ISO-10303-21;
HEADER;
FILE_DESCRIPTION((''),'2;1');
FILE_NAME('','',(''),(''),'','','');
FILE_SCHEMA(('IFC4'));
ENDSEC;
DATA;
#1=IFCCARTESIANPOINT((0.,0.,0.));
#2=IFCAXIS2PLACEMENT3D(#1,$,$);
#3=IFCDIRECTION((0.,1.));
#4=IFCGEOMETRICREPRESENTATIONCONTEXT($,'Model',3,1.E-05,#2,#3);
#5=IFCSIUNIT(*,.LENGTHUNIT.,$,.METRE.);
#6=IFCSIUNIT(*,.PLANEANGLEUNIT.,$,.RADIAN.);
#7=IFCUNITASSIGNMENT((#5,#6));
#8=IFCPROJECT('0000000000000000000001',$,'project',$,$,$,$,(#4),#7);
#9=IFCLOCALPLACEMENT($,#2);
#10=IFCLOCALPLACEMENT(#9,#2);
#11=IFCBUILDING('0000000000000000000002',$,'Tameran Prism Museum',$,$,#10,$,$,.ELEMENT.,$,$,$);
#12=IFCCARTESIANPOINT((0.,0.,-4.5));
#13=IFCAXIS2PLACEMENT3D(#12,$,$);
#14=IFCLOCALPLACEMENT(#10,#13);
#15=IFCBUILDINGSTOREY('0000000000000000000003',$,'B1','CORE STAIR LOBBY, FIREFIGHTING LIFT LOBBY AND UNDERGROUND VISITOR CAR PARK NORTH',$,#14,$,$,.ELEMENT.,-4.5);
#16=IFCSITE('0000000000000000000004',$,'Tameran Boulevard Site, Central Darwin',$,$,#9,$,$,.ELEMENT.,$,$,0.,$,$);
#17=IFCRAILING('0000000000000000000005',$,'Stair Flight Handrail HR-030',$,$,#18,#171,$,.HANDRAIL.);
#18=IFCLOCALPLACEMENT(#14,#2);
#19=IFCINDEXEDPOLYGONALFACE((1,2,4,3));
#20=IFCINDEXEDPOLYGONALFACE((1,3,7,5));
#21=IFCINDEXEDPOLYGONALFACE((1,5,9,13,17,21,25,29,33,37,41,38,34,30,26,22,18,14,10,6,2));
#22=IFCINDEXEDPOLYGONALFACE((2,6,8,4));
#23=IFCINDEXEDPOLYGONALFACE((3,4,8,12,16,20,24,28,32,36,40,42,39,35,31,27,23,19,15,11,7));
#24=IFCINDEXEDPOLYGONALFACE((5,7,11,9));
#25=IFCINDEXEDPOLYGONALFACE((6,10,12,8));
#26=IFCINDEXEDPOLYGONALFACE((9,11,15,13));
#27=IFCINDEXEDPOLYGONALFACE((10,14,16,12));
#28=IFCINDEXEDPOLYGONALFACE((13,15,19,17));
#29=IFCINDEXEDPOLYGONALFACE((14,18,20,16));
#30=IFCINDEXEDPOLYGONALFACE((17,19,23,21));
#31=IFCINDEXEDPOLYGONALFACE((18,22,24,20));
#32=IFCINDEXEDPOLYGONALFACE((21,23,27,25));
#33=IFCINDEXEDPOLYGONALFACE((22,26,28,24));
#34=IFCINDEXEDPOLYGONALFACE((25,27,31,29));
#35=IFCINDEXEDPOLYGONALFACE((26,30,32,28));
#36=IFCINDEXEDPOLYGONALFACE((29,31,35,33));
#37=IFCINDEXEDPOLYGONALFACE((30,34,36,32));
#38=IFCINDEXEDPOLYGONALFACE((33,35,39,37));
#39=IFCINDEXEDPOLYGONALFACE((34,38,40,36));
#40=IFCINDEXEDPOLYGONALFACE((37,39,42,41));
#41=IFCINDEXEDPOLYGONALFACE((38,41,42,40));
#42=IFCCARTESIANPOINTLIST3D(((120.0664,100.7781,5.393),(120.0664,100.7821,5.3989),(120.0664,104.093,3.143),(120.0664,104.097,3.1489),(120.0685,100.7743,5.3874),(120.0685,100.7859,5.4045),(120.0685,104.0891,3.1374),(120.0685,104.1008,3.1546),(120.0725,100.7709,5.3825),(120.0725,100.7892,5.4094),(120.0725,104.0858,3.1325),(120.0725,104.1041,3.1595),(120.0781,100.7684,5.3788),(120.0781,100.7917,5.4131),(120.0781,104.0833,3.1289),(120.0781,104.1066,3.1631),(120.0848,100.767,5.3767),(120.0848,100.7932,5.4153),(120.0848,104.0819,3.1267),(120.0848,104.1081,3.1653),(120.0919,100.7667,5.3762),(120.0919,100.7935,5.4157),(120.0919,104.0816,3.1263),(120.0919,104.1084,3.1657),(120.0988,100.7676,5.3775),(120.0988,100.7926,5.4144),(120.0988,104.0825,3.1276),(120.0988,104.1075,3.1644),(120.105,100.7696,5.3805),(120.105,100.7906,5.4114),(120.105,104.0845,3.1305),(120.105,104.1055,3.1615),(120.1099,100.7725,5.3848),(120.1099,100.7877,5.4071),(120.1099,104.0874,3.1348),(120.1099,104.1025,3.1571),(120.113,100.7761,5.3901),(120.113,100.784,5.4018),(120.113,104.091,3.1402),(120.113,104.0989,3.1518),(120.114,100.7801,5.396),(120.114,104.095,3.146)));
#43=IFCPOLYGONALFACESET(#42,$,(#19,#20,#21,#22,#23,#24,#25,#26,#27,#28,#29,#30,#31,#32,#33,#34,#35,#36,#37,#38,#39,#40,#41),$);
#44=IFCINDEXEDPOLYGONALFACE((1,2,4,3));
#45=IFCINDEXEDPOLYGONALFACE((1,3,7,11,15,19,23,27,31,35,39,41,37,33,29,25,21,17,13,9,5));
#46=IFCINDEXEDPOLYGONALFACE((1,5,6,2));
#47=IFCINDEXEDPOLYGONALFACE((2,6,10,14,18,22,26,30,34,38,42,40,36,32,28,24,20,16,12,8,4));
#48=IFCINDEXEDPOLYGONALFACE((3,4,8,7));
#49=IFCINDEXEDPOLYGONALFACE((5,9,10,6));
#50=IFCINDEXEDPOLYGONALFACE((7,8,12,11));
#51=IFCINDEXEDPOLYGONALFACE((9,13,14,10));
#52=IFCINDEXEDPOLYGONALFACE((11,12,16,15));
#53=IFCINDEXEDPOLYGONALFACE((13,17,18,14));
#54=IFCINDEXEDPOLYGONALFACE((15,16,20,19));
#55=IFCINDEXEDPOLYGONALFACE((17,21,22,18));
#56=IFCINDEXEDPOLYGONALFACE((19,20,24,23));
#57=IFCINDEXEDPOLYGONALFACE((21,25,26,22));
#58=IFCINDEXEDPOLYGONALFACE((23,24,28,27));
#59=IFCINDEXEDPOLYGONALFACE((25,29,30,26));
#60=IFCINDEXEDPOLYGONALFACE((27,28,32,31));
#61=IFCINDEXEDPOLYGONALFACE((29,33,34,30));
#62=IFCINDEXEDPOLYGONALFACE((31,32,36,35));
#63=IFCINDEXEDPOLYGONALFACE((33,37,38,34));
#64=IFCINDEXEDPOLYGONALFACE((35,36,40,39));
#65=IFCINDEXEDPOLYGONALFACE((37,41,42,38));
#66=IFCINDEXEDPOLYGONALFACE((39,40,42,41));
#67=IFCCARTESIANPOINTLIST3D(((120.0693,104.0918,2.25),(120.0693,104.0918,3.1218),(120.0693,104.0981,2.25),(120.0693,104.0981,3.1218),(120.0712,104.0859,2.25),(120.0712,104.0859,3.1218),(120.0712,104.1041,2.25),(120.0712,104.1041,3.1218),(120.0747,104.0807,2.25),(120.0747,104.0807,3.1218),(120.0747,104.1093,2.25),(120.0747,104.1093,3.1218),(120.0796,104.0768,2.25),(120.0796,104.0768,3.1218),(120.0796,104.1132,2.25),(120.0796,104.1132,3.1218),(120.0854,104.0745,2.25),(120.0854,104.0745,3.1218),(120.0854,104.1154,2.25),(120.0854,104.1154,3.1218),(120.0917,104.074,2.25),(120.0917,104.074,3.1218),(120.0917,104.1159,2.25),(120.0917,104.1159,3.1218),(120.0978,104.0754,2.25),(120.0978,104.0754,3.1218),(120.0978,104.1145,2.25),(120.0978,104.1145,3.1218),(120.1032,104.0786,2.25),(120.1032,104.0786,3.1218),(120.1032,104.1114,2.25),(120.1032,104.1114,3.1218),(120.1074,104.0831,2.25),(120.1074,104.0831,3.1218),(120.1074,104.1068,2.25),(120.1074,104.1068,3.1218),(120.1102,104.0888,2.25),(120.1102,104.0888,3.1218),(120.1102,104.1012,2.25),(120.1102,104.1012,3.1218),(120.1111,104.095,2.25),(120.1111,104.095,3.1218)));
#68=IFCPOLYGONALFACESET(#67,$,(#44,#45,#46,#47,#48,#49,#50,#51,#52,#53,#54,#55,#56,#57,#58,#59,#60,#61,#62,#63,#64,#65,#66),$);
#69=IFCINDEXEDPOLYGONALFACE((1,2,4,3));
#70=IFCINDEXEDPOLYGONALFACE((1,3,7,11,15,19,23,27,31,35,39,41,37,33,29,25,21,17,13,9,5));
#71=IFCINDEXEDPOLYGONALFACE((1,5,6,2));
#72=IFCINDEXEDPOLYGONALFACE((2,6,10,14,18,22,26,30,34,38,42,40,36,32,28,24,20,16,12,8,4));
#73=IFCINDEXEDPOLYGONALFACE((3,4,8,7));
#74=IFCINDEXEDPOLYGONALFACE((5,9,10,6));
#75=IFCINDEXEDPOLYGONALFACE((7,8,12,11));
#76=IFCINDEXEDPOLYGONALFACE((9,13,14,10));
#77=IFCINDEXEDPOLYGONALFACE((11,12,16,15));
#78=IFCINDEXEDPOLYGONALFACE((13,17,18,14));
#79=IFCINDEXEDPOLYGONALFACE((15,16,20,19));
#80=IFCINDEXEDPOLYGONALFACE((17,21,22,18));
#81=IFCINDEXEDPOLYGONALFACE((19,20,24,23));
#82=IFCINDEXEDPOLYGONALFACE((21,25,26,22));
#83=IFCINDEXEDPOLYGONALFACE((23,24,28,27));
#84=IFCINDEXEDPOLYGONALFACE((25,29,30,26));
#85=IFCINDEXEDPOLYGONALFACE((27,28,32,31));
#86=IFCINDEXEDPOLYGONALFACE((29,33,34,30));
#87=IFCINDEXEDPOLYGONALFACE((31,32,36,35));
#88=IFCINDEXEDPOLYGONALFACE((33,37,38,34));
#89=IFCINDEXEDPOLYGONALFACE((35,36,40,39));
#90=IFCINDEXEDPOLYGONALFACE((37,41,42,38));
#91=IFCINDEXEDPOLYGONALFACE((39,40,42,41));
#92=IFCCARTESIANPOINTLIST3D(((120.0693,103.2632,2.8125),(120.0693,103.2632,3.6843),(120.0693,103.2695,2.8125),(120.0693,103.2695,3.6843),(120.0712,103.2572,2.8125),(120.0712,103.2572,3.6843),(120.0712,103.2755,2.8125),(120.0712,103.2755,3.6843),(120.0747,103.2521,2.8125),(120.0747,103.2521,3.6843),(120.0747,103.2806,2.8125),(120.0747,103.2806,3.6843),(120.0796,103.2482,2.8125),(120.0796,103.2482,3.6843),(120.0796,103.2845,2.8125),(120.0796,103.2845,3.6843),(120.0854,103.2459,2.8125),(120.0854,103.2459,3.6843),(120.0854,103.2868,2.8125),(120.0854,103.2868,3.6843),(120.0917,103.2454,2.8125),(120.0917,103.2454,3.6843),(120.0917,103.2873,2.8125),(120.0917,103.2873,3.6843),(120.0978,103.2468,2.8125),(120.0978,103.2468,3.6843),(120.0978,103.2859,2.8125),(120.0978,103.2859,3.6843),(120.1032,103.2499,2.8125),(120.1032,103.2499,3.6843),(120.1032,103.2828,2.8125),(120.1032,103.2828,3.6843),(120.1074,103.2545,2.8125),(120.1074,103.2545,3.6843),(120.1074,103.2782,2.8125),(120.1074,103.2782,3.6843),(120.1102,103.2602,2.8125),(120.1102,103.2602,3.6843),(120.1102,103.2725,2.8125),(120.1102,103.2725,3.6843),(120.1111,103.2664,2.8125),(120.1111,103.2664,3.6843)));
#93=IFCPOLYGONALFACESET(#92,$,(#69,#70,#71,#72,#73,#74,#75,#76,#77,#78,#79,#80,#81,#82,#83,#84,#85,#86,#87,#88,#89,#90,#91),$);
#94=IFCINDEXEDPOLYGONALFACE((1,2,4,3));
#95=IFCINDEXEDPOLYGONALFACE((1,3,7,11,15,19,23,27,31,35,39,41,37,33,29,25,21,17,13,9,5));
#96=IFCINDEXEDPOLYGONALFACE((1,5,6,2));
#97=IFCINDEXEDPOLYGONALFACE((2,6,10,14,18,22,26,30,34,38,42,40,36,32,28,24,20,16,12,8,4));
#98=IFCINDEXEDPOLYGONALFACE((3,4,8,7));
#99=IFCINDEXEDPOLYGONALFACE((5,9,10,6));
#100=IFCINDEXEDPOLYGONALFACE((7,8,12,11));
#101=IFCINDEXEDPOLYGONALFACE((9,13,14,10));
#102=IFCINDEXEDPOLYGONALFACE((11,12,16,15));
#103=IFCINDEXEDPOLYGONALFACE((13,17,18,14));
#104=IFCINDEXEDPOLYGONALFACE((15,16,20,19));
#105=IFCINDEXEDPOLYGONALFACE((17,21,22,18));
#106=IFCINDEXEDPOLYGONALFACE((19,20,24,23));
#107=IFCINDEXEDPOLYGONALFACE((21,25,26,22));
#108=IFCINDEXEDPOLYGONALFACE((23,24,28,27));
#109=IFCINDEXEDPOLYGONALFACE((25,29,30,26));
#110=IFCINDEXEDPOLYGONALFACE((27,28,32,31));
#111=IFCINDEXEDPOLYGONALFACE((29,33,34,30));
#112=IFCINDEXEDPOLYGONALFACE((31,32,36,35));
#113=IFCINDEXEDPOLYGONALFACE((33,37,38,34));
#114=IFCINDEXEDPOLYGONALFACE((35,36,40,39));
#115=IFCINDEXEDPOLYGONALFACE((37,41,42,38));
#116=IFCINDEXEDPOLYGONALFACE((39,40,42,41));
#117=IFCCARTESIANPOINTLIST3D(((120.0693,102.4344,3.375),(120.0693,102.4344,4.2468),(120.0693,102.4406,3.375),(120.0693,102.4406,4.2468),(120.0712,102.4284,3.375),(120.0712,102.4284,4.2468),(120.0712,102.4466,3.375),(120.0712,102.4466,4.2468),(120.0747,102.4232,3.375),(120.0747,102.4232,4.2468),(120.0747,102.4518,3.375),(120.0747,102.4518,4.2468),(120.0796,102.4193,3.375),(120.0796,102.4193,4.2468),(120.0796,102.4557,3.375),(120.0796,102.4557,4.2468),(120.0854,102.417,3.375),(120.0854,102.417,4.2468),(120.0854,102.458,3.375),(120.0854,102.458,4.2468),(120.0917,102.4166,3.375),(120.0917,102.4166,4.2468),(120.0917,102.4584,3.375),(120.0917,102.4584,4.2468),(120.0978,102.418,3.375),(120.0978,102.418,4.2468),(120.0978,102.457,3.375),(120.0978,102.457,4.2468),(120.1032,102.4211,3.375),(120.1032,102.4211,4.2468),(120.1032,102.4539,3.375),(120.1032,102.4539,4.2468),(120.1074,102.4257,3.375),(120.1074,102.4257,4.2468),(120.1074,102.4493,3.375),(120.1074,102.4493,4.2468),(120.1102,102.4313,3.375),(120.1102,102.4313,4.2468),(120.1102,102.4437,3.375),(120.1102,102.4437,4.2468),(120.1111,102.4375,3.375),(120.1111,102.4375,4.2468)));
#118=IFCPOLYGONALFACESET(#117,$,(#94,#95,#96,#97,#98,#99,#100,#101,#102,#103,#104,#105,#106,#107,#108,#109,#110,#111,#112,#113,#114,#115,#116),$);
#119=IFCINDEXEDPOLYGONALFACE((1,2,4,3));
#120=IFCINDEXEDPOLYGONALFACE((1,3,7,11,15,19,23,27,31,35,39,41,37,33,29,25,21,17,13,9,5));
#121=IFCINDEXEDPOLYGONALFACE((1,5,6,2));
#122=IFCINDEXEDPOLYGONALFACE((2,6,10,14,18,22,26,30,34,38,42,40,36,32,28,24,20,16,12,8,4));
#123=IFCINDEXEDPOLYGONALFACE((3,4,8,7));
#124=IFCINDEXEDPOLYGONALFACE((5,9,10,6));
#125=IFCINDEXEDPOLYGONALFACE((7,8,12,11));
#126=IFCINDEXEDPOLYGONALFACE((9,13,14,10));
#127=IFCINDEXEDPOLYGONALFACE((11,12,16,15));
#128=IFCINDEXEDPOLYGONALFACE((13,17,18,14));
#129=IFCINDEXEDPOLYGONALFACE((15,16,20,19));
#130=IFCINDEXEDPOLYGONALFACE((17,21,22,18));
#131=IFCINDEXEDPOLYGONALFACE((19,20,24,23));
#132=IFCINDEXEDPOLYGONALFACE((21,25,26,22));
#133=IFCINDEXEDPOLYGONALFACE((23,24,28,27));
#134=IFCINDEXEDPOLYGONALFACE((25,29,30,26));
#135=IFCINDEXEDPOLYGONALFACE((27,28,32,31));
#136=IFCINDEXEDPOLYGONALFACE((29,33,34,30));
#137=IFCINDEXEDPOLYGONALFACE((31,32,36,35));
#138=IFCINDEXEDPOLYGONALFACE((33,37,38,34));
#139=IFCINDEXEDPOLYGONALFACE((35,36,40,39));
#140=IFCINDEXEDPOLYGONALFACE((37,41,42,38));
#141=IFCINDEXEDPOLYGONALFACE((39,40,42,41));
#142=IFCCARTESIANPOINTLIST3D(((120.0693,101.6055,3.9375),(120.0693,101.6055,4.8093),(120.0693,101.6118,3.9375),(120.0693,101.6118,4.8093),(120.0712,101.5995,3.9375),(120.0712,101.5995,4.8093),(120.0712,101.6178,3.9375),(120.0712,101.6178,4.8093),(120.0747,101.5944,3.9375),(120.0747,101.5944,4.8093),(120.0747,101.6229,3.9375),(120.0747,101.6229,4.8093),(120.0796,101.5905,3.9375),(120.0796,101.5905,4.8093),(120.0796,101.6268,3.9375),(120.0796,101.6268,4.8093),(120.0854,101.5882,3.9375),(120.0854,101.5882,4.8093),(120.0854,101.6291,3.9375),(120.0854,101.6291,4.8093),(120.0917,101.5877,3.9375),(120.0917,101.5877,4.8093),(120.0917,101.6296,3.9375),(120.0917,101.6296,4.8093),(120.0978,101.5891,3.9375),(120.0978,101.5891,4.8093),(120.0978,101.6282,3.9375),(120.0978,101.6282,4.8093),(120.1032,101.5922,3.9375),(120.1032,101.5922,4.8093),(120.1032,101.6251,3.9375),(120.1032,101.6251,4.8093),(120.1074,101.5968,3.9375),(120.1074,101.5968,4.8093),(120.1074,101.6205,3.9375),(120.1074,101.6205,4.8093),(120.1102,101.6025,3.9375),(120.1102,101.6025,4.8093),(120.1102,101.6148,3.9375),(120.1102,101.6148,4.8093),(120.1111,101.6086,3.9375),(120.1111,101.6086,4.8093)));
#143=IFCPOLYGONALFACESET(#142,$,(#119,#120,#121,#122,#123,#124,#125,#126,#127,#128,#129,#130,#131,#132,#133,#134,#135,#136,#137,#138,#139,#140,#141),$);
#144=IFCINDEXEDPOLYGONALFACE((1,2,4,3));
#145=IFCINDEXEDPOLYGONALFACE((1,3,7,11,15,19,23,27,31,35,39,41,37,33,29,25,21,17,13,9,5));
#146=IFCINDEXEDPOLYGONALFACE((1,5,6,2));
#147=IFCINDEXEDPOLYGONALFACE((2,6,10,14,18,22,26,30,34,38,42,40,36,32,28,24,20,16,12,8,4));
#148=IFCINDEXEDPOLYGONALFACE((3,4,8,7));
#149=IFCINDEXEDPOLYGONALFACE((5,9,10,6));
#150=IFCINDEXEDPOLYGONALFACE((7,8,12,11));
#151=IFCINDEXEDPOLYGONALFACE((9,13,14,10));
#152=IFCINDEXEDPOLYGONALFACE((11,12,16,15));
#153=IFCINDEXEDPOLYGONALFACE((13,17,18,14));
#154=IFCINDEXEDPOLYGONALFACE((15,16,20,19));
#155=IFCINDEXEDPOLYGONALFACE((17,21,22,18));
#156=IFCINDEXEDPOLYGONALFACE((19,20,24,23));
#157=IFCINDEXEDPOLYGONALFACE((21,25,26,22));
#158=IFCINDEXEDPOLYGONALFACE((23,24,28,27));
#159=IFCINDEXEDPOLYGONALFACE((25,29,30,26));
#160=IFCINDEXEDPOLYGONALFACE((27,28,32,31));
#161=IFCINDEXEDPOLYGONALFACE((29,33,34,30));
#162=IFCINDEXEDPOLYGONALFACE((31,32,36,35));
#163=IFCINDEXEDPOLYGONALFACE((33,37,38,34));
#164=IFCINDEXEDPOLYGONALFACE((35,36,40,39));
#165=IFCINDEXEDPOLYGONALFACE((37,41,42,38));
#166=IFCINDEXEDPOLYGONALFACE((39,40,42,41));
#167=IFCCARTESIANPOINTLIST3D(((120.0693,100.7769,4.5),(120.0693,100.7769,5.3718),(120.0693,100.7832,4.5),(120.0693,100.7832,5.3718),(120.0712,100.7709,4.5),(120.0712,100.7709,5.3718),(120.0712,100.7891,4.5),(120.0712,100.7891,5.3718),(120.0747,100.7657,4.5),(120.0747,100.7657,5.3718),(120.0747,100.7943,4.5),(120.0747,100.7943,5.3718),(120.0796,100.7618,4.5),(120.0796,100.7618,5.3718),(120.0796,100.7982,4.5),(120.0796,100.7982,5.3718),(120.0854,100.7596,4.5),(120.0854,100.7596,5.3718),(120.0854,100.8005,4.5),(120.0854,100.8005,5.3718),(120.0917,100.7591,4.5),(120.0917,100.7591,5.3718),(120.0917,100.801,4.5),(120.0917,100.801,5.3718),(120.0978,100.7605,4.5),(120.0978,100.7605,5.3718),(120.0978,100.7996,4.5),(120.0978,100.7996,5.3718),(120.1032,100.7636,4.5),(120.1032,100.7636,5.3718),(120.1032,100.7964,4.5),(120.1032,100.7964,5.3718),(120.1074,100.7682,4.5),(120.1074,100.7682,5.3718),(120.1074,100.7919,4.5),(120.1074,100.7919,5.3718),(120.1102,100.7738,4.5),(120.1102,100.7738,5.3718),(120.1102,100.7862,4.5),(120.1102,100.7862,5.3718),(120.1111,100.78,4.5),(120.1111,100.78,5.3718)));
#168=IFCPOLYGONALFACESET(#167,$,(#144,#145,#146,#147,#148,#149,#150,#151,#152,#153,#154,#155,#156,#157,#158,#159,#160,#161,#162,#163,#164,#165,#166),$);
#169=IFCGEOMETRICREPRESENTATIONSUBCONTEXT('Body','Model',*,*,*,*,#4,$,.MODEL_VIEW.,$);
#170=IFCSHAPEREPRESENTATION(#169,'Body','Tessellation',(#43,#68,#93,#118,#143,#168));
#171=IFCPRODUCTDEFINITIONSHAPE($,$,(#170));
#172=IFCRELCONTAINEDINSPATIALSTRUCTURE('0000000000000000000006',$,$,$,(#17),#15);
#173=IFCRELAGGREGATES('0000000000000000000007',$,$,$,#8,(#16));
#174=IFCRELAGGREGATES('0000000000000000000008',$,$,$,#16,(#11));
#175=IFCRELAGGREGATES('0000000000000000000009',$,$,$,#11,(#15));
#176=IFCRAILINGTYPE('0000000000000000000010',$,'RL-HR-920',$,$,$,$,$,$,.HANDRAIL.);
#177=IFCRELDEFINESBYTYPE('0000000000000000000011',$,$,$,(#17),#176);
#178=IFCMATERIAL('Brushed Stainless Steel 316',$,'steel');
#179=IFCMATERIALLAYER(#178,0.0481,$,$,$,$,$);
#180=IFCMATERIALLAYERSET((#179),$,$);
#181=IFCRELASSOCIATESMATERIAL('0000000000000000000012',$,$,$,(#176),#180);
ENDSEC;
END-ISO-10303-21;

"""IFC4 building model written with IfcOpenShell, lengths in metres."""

from ifc_helpers import new_model, si_unit, direction, frame, origin, origin_2d, place, context, subcontext, project, spatial, circle, extrude, material, layer, layer_set, type_object, element, save


model = new_model("IFC4")

# Units and contexts
model_context = context("Model", 3, precision=1e-05, world=origin(), true_north=direction((0.0, 1.0)))
body_context = subcontext(model_context, "Body", "Model", "MODEL_VIEW")
ifc_project = project(units=[si_unit("LENGTHUNIT", "METRE"), si_unit("PLANEANGLEUNIT", "RADIAN")], contexts=[model_context])

# Site, building, storey
site_placement = place(None, origin())
site = spatial("IfcSite", under=ifc_project, at=site_placement, Name="Tameran Boulevard Site, Central Darwin", CompositionType="ELEMENT", RefElevation=0.0)
building_placement = place(site_placement, origin())
building = spatial("IfcBuilding", under=site, at=building_placement, Name="Tameran Prism Museum", CompositionType="ELEMENT")
storey_placement = place(building_placement, frame((0.0, 0.0, -4.5)))
storey = spatial("IfcBuildingStorey", under=building, at=storey_placement, Name="B1", Description="CORE STAIR LOBBY, FIREFIGHTING LIFT LOBBY AND UNDERGROUND VISITOR CAR PARK NORTH", CompositionType="ELEMENT", Elevation=-4.5)

# Railing
ifc_material_1 = material(Name="Brushed Stainless Steel 316", Category="steel")
ifc_layer_1 = layer(ifc_material_1, 0.0481)
ifc_layer_set_1 = layer_set([ifc_layer_1])
railing_type = type_object("IfcRailingType", Name="RL-HR-920", PredefinedType="HANDRAIL", material=ifc_layer_set_1)
railing_placement = place(storey_placement, frame((120.0901, 104.095, 2.25)))
element("IfcRailing", 1, at=railing_placement, inside=storey, type_object=railing_type, Name="Stair Flight Handrail HR-030", PredefinedType="HANDRAIL", context=body_context, shape_type="SweptSolid", body=[
    extrude(circle(Radius=0.0239, at=origin_2d()), frame((0.0, 0.0, 0.896), z_axis=(0.0, -0.827409, 0.5616), x_axis=(1.0, 0.0, 0.0)), (0.0, 0.0, 1.0), 4.0063),
    extrude(circle(Radius=0.021, at=origin_2d()), origin(), (0.0, 0.0, 1.0), 0.8718),
    extrude(circle(Radius=0.021, at=origin_2d()), frame((0.0, -0.8286, 0.5625)), (0.0, 0.0, 1.0), 0.8718),
    extrude(circle(Radius=0.021, at=origin_2d()), frame((0.0, -1.6575, 1.125)), (0.0, 0.0, 1.0), 0.8718),
    extrude(circle(Radius=0.021, at=origin_2d()), frame((0.0, -2.4863, 1.6875)), (0.0, 0.0, 1.0), 0.8718),
    extrude(circle(Radius=0.021, at=origin_2d()), frame((0.0, -3.3149, 2.25)), (0.0, 0.0, 1.0), 0.8718),
])

save(model, "model.ifc")
